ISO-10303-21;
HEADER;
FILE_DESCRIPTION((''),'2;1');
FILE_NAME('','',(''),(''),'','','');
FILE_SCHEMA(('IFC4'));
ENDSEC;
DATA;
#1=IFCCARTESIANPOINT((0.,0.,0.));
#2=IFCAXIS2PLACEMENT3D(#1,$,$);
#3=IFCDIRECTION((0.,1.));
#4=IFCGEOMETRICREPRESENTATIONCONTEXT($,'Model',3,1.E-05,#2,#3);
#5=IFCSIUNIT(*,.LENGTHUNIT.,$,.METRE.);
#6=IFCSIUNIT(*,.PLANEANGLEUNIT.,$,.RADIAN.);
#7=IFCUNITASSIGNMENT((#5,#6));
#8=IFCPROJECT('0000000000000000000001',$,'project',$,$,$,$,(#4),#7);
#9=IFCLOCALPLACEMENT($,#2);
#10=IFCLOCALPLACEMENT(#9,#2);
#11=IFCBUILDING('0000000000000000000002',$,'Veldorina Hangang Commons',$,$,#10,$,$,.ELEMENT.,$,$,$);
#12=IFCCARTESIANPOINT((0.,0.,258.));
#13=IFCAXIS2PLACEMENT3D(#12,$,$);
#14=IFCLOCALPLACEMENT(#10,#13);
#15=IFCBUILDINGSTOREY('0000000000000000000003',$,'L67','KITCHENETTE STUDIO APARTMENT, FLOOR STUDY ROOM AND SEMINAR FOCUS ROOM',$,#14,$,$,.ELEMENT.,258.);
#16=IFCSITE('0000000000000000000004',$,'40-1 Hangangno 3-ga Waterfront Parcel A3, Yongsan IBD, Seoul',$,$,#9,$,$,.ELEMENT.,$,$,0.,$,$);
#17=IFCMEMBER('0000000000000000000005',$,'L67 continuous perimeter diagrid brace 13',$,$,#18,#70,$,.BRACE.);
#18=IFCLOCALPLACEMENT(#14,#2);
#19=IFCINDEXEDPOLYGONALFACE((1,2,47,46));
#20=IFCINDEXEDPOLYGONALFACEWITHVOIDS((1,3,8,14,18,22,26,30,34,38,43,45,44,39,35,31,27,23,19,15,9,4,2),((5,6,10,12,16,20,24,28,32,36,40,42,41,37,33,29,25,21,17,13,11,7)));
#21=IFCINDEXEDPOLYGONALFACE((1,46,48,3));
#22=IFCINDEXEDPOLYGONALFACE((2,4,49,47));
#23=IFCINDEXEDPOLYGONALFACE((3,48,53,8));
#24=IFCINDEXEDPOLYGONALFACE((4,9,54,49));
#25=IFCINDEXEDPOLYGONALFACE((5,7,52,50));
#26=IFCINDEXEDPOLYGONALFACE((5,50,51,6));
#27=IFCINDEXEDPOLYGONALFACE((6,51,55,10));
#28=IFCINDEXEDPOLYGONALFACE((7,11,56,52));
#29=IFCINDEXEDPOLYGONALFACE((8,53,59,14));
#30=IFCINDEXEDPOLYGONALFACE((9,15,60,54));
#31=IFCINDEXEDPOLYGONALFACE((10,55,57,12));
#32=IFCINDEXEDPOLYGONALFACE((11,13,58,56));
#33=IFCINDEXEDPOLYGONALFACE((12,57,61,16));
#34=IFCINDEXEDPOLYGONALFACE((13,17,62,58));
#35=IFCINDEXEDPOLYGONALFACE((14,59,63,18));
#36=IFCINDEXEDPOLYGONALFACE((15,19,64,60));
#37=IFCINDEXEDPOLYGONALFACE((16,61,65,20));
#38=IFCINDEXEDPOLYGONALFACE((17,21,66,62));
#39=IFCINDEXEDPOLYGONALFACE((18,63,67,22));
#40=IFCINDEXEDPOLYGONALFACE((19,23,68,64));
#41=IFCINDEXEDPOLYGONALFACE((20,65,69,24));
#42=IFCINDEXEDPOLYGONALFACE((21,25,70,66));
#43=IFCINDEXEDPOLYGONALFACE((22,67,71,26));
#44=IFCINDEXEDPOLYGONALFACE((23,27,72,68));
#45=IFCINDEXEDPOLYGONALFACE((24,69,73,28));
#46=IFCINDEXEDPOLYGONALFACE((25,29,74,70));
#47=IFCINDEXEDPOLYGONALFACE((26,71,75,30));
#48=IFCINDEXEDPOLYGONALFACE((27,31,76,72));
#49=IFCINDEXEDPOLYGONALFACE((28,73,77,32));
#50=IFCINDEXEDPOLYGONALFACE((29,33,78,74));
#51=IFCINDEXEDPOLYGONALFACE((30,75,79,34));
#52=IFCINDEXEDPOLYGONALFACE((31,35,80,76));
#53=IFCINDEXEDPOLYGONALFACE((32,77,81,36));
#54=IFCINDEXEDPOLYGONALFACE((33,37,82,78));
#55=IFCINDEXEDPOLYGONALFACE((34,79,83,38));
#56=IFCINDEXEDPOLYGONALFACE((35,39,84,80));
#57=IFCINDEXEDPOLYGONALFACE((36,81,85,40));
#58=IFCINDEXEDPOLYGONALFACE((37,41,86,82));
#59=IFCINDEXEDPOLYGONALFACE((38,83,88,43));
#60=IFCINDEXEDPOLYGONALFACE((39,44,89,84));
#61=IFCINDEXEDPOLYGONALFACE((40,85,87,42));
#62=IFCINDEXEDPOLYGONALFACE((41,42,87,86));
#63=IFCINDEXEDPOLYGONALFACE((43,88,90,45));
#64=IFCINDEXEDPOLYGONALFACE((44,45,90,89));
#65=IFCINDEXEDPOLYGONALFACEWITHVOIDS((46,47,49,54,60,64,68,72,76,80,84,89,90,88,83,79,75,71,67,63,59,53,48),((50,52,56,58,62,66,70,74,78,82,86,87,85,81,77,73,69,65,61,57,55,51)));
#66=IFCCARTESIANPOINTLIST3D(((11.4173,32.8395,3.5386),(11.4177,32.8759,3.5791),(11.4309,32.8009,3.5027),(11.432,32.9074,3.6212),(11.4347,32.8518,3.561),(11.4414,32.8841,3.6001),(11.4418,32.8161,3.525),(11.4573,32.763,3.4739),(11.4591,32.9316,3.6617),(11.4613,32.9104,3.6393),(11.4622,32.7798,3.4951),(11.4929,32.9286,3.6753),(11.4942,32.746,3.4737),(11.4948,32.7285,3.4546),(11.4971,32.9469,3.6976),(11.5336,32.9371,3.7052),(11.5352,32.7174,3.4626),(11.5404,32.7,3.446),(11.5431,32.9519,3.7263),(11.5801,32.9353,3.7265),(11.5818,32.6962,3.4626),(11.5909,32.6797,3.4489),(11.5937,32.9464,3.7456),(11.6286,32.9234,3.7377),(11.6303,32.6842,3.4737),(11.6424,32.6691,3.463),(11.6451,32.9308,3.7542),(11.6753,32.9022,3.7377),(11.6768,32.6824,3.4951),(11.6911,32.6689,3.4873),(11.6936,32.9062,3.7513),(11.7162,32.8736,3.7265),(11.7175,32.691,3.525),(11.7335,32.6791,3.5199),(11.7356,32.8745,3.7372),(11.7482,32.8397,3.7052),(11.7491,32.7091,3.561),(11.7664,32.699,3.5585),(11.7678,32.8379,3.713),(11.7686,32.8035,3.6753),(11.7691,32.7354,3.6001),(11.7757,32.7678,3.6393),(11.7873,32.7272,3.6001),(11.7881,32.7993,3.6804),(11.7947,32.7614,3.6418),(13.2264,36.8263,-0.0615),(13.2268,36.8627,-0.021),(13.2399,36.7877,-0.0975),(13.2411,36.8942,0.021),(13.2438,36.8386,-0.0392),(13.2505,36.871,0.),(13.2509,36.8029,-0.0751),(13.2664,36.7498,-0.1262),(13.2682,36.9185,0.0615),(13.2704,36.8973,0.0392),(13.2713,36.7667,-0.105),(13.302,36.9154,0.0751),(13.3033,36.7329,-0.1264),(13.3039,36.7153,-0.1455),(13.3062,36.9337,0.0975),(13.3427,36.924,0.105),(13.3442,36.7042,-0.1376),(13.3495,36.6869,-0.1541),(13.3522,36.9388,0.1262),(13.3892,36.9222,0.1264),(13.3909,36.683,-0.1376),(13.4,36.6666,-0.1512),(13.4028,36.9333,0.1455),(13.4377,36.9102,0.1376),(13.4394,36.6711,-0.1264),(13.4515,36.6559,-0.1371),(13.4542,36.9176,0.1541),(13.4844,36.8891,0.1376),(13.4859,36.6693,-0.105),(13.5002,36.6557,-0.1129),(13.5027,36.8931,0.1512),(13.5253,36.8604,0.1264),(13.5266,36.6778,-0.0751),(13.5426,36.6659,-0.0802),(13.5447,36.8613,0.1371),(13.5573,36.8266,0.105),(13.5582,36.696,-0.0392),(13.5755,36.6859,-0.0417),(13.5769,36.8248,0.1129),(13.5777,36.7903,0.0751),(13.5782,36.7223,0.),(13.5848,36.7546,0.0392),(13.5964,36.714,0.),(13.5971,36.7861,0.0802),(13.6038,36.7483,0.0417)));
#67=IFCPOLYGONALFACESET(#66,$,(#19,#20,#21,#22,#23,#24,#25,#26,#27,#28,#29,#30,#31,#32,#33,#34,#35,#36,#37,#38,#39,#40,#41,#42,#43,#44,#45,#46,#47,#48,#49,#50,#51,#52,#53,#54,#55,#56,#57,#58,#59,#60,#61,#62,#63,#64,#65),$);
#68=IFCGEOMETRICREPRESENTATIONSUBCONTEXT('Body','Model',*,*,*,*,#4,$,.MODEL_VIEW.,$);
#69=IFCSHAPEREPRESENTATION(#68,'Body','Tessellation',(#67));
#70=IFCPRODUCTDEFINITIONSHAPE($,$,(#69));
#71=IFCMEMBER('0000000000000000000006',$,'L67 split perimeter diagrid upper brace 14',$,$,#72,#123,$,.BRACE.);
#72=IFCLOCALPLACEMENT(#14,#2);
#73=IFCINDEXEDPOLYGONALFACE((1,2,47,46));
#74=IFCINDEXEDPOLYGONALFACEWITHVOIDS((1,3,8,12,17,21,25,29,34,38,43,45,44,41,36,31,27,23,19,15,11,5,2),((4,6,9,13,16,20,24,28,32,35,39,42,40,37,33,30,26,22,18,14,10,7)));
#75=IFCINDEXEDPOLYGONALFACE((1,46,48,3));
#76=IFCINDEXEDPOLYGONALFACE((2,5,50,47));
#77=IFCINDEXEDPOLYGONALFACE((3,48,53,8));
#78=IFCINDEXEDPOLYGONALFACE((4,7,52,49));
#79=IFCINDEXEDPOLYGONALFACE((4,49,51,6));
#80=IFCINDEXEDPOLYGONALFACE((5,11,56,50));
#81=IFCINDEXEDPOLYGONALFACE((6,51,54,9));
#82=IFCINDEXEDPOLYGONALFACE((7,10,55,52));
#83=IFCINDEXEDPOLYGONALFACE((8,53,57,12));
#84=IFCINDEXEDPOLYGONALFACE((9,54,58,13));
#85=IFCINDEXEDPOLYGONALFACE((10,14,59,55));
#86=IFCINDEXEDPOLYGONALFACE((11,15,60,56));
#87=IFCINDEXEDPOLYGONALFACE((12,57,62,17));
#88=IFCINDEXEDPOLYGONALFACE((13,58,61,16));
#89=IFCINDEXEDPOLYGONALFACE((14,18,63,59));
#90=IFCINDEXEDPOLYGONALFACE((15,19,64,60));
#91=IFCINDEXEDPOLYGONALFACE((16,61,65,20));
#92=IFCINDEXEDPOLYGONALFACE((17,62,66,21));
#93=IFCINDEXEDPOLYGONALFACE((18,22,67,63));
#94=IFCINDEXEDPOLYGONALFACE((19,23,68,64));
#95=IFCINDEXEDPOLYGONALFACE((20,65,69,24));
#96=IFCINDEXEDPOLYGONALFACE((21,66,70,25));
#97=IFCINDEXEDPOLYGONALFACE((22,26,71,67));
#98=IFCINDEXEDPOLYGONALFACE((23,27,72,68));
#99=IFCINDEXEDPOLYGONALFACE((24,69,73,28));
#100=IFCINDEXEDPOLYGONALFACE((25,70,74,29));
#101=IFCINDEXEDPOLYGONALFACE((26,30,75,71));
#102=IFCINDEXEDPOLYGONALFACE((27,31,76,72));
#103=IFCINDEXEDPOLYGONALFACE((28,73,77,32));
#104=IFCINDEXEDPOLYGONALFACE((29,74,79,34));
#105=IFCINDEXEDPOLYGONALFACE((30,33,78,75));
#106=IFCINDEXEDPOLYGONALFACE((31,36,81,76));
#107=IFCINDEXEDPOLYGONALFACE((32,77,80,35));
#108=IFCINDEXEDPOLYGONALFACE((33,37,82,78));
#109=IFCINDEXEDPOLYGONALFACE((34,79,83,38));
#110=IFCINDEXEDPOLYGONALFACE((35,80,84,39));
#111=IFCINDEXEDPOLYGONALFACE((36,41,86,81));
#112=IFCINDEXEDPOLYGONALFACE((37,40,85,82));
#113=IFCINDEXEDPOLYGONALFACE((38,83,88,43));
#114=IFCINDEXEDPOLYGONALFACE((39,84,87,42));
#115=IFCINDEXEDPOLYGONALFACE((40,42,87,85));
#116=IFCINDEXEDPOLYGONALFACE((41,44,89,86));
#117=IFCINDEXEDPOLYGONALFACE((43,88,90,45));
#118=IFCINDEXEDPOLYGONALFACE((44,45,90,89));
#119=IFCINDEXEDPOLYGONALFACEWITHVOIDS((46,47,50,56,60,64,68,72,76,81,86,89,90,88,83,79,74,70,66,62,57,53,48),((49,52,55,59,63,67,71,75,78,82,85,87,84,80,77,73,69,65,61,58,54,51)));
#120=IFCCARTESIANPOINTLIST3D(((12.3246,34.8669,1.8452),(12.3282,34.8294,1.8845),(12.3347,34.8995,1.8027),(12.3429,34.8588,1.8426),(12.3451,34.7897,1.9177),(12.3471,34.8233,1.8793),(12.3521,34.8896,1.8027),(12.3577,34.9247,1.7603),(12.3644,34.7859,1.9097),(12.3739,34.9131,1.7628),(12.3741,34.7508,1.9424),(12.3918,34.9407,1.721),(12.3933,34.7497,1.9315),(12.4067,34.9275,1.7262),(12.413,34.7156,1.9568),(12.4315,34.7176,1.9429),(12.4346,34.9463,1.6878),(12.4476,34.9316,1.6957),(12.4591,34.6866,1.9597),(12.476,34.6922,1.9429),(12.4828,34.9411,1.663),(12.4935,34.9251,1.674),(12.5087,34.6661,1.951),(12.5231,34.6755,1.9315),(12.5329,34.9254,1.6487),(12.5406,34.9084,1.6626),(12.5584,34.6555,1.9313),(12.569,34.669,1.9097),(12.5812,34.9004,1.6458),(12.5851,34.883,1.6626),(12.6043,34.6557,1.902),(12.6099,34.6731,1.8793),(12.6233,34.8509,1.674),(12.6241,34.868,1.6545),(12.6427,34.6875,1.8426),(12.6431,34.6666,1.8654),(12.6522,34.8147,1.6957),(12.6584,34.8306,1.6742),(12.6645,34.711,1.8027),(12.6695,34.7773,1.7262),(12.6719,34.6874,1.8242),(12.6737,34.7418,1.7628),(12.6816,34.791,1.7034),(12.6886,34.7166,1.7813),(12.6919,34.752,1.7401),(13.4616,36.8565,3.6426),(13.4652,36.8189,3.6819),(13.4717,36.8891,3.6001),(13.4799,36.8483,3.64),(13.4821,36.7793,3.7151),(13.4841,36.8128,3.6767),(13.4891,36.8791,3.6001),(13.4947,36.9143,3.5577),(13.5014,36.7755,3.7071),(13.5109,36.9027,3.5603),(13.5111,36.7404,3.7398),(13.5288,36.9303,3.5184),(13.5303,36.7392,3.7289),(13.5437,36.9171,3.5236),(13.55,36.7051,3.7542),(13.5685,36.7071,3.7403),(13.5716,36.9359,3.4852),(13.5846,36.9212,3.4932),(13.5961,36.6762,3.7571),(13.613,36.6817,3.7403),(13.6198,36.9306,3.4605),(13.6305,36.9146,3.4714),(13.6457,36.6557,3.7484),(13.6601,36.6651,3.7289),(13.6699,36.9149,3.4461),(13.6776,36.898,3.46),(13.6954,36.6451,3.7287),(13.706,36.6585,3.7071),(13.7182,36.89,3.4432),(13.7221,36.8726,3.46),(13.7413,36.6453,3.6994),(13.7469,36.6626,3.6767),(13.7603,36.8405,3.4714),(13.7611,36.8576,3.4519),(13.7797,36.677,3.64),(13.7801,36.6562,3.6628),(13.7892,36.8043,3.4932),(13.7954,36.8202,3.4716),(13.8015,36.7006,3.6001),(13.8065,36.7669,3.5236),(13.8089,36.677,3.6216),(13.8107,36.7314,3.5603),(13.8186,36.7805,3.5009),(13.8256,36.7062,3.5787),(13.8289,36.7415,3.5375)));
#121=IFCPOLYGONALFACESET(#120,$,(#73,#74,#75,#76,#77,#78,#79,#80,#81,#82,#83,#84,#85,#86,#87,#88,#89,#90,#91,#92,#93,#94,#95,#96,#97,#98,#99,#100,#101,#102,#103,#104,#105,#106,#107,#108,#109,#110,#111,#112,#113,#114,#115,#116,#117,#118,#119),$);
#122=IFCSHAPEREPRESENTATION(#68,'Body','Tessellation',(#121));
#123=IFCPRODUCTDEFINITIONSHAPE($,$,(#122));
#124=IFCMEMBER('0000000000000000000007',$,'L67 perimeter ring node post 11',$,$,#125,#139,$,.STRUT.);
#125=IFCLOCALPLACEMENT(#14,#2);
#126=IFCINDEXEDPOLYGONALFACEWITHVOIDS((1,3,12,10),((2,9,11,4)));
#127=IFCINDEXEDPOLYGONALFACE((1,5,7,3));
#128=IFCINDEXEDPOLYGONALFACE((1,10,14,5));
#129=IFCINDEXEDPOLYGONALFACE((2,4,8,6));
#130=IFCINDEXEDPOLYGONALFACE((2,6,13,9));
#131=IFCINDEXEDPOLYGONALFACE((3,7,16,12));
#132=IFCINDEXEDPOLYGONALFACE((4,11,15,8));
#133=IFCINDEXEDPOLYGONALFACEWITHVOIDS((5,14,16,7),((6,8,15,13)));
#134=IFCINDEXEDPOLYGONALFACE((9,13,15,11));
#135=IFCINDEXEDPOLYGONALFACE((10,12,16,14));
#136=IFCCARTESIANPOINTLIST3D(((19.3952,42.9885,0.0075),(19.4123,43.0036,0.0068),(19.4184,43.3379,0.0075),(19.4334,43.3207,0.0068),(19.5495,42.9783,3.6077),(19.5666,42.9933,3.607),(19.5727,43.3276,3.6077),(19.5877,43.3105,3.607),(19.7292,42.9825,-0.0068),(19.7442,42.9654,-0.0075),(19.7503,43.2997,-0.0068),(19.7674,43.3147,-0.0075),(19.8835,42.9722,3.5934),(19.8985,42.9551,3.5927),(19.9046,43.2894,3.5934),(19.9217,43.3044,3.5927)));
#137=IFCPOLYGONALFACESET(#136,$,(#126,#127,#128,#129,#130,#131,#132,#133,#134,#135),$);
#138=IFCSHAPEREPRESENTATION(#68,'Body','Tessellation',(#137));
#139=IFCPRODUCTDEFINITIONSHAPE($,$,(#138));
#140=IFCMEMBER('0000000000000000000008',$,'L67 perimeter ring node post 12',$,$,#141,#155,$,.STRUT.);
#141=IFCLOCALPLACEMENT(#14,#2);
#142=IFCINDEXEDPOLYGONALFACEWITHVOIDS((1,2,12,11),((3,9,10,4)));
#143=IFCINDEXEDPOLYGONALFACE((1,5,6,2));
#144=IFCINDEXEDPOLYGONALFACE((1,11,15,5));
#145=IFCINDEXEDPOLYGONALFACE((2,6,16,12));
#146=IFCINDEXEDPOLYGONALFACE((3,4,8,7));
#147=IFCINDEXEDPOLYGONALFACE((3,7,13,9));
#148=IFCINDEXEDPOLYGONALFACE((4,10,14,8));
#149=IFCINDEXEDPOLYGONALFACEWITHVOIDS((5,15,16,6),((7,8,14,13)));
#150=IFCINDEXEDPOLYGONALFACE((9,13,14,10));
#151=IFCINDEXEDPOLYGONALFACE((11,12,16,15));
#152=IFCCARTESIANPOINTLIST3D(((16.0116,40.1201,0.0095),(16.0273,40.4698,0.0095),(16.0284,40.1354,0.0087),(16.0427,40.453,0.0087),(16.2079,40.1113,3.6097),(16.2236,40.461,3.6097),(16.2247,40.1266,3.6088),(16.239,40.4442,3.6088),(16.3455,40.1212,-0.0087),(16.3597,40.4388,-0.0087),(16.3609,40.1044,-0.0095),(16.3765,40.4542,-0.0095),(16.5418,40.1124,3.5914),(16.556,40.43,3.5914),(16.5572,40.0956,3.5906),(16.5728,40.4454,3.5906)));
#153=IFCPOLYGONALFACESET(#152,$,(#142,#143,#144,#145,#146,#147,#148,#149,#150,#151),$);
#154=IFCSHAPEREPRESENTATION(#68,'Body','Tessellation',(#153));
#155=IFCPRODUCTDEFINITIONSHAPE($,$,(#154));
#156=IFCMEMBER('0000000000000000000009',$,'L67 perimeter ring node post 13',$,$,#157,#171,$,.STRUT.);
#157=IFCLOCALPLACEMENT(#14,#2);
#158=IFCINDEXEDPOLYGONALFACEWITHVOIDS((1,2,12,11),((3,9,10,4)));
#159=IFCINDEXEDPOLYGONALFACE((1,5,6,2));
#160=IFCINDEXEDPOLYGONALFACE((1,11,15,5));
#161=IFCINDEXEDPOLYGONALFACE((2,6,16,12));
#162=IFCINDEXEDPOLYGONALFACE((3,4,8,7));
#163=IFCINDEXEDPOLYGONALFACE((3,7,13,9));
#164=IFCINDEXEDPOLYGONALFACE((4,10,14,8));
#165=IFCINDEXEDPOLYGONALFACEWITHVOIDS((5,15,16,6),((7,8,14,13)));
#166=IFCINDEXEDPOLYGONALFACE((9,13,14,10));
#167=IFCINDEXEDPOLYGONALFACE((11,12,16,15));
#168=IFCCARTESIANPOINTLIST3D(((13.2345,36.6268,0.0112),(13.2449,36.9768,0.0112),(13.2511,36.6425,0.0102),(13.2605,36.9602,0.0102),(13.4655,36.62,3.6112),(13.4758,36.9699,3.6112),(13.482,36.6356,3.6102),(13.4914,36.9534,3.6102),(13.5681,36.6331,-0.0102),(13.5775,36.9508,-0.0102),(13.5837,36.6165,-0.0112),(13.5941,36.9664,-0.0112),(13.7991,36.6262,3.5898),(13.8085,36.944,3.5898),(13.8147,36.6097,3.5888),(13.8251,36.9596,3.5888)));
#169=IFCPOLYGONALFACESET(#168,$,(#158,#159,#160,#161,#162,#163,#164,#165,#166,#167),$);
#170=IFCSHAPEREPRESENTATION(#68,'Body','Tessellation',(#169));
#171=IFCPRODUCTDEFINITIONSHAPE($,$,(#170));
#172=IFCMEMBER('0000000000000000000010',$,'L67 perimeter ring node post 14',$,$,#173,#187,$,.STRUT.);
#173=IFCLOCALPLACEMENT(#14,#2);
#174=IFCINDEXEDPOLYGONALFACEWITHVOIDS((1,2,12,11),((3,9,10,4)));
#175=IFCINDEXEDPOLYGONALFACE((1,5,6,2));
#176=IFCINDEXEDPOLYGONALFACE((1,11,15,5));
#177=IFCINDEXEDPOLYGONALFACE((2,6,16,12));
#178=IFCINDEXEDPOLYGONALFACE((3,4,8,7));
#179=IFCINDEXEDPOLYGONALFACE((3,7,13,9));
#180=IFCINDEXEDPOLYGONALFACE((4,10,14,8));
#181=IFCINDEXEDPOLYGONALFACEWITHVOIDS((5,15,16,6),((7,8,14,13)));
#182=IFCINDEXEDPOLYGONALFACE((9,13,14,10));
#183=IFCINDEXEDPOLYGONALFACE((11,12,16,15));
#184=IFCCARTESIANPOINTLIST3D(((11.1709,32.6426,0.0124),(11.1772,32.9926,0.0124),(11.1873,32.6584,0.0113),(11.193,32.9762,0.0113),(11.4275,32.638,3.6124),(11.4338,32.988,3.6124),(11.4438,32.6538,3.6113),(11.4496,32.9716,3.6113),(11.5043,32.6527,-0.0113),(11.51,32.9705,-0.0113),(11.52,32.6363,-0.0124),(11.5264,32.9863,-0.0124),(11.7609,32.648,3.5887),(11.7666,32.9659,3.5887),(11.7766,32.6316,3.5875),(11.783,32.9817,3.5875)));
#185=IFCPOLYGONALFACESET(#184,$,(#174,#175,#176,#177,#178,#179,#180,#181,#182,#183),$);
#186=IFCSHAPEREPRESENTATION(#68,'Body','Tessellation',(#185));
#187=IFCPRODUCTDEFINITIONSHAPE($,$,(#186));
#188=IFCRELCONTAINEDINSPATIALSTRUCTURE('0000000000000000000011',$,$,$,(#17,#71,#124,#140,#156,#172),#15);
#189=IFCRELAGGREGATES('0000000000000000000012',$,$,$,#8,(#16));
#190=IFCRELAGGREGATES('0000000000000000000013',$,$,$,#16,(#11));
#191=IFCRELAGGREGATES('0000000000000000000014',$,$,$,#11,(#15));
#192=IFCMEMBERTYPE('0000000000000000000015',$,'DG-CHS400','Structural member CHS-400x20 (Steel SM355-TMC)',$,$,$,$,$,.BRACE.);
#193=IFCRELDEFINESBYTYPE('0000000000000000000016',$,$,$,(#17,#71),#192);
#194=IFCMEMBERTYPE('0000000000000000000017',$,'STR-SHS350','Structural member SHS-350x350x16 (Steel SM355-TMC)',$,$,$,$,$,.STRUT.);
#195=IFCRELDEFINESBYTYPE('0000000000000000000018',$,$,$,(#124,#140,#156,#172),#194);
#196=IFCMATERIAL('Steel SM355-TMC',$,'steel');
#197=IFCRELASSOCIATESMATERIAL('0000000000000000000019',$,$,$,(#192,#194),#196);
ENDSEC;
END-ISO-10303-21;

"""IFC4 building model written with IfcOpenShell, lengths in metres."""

from ifc_helpers import new_model, si_unit, direction, frame, origin, origin_2d, place, context, subcontext, project, spatial, hollow_rectangle, hollow_circle, extrude, material, material_profile, profile_set, type_object, element, save


model = new_model("IFC4")

# Units and contexts
model_context = context("Model", 3, precision=1e-05, world=origin(), true_north=direction((0.0, 1.0)))
body_context = subcontext(model_context, "Body", "Model", "MODEL_VIEW")
ifc_project = project(units=[si_unit("LENGTHUNIT", "METRE"), si_unit("PLANEANGLEUNIT", "RADIAN")], contexts=[model_context])

# Site, building, storey
site_placement = place(None, origin())
site = spatial("IfcSite", under=ifc_project, at=site_placement, Name="40-1 Hangangno 3-ga Waterfront Parcel A3, Yongsan IBD, Seoul", CompositionType="ELEMENT", RefElevation=0.0)
building_placement = place(site_placement, origin())
building = spatial("IfcBuilding", under=site, at=building_placement, Name="Veldorina Hangang Commons", CompositionType="ELEMENT")
storey_placement = place(building_placement, frame((0.0, 0.0, 258.0)))
storey = spatial("IfcBuildingStorey", under=building, at=storey_placement, Name="L67", Description="KITCHENETTE STUDIO APARTMENT, FLOOR STUDY ROOM AND SEMINAR FOCUS ROOM", CompositionType="ELEMENT", Elevation=258.0)

# Shared definitions
ifc_material_1 = material(Name="Steel SM355-TMC", Category="steel")

# Members
ifc_material_profile_1 = material_profile(ifc_material_1, hollow_circle(Radius=0.2, WallThickness=0.02, at=origin_2d()), Name="CHS-400x20")
ifc_profile_set_1 = profile_set([ifc_material_profile_1], Name="Steel SM355-TMC")
member_type_1 = type_object("IfcMemberType", Name="DG-CHS400", Description="Structural member CHS-400x20 (Steel SM355-TMC)", PredefinedType="BRACE", material=ifc_profile_set_1)
member_1_placement = place(storey_placement, frame((13.4143, 36.7966, 0.0), z_axis=(-0.319165, -0.703369, 0.635143), x_axis=(0.910634, -0.413215, 0.0)))
element("IfcMember", 1, at=member_1_placement, inside=storey, type_object=member_type_1, Name="L67 continuous perimeter diagrid brace 13", PredefinedType="BRACE", context=body_context, shape_type="SweptSolid", body=[
    extrude(hollow_circle(Radius=0.2, WallThickness=0.02, at=origin_2d()), origin(), (0.0, 0.0, 1.0), 5.6682),
])
member_2_placement = place(storey_placement, frame((12.5083, 34.8003, 1.8027), z_axis=(0.390404, 0.683145, 0.617169), x_axis=(-0.868223, 0.496173, 0.0)))
element("IfcMember", 2, at=member_2_placement, inside=storey, type_object=member_type_1, Name="L67 split perimeter diagrid upper brace 14", PredefinedType="BRACE", context=body_context, shape_type="SweptSolid", body=[
    extrude(hollow_circle(Radius=0.2, WallThickness=0.02, at=origin_2d()), origin(), (0.0, 0.0, 1.0), 2.9124),
])
ifc_material_profile_2 = material_profile(ifc_material_1, hollow_rectangle(XDim=0.3501, YDim=0.3501, WallThickness=0.0161, at=origin_2d()), Name="SHS-350x350x16")
ifc_profile_set_2 = profile_set([ifc_material_profile_2], Name="Steel SM355-TMC")
member_type_2 = type_object("IfcMemberType", Name="STR-SHS350", Description="Structural member SHS-350x350x16 (Steel SM355-TMC)", PredefinedType="STRUT", material=ifc_profile_set_2)
member_3_placement = place(storey_placement, frame((19.5813, 43.1516, 0.0), z_axis=(0.04282, -0.002846, 0.999079), x_axis=(0.066309, 0.997799, 0.0)))
element("IfcMember", 3, at=member_3_placement, inside=storey, type_object=member_type_2, Name="L67 perimeter ring node post 11", PredefinedType="STRUT", context=body_context, shape_type="SweptSolid", body=[
    extrude(hollow_rectangle(XDim=0.3501, YDim=0.3501, WallThickness=0.0161, at=origin_2d()), origin(), (0.0, 0.0, 1.0), 3.6035),
])
member_4_placement = place(storey_placement, frame((16.1941, 40.2871, 0.0), z_axis=(0.054442, -0.002438, 0.998514), x_axis=(0.044731, 0.998999, 0.0)))
element("IfcMember", 4, at=member_4_placement, inside=storey, type_object=member_type_2, Name="L67 perimeter ring node post 12", PredefinedType="STRUT", context=body_context, shape_type="SweptSolid", body=[
    extrude(hollow_rectangle(XDim=0.3501, YDim=0.3501, WallThickness=0.0161, at=origin_2d()), origin(), (0.0, 0.0, 1.0), 3.6055),
])
member_5_placement = place(storey_placement, frame((13.4143, 36.7966, 0.0), z_axis=(0.064021, -0.001895, 0.997947), x_axis=(0.029585, 0.999562, 0.0)))
element("IfcMember", 5, at=member_5_placement, inside=storey, type_object=member_type_2, Name="L67 perimeter ring node post 13", PredefinedType="STRUT", context=body_context, shape_type="SweptSolid", body=[
    extrude(hollow_rectangle(XDim=0.3501, YDim=0.3501, WallThickness=0.0161, at=origin_2d()), origin(), (0.0, 0.0, 1.0), 3.6074),
])
member_6_placement = place(storey_placement, frame((11.3486, 32.8145, 0.0), z_axis=(0.071093, -0.001285, 0.997469), x_axis=(0.018075, 0.999837, 0.0)))
element("IfcMember", 6, at=member_6_placement, inside=storey, type_object=member_type_2, Name="L67 perimeter ring node post 14", PredefinedType="STRUT", context=body_context, shape_type="SweptSolid", body=[
    extrude(hollow_rectangle(XDim=0.3501, YDim=0.3501, WallThickness=0.0161, at=origin_2d()), origin(), (0.0, 0.0, 1.0), 3.6091),
])

save(model, "model.ifc")
